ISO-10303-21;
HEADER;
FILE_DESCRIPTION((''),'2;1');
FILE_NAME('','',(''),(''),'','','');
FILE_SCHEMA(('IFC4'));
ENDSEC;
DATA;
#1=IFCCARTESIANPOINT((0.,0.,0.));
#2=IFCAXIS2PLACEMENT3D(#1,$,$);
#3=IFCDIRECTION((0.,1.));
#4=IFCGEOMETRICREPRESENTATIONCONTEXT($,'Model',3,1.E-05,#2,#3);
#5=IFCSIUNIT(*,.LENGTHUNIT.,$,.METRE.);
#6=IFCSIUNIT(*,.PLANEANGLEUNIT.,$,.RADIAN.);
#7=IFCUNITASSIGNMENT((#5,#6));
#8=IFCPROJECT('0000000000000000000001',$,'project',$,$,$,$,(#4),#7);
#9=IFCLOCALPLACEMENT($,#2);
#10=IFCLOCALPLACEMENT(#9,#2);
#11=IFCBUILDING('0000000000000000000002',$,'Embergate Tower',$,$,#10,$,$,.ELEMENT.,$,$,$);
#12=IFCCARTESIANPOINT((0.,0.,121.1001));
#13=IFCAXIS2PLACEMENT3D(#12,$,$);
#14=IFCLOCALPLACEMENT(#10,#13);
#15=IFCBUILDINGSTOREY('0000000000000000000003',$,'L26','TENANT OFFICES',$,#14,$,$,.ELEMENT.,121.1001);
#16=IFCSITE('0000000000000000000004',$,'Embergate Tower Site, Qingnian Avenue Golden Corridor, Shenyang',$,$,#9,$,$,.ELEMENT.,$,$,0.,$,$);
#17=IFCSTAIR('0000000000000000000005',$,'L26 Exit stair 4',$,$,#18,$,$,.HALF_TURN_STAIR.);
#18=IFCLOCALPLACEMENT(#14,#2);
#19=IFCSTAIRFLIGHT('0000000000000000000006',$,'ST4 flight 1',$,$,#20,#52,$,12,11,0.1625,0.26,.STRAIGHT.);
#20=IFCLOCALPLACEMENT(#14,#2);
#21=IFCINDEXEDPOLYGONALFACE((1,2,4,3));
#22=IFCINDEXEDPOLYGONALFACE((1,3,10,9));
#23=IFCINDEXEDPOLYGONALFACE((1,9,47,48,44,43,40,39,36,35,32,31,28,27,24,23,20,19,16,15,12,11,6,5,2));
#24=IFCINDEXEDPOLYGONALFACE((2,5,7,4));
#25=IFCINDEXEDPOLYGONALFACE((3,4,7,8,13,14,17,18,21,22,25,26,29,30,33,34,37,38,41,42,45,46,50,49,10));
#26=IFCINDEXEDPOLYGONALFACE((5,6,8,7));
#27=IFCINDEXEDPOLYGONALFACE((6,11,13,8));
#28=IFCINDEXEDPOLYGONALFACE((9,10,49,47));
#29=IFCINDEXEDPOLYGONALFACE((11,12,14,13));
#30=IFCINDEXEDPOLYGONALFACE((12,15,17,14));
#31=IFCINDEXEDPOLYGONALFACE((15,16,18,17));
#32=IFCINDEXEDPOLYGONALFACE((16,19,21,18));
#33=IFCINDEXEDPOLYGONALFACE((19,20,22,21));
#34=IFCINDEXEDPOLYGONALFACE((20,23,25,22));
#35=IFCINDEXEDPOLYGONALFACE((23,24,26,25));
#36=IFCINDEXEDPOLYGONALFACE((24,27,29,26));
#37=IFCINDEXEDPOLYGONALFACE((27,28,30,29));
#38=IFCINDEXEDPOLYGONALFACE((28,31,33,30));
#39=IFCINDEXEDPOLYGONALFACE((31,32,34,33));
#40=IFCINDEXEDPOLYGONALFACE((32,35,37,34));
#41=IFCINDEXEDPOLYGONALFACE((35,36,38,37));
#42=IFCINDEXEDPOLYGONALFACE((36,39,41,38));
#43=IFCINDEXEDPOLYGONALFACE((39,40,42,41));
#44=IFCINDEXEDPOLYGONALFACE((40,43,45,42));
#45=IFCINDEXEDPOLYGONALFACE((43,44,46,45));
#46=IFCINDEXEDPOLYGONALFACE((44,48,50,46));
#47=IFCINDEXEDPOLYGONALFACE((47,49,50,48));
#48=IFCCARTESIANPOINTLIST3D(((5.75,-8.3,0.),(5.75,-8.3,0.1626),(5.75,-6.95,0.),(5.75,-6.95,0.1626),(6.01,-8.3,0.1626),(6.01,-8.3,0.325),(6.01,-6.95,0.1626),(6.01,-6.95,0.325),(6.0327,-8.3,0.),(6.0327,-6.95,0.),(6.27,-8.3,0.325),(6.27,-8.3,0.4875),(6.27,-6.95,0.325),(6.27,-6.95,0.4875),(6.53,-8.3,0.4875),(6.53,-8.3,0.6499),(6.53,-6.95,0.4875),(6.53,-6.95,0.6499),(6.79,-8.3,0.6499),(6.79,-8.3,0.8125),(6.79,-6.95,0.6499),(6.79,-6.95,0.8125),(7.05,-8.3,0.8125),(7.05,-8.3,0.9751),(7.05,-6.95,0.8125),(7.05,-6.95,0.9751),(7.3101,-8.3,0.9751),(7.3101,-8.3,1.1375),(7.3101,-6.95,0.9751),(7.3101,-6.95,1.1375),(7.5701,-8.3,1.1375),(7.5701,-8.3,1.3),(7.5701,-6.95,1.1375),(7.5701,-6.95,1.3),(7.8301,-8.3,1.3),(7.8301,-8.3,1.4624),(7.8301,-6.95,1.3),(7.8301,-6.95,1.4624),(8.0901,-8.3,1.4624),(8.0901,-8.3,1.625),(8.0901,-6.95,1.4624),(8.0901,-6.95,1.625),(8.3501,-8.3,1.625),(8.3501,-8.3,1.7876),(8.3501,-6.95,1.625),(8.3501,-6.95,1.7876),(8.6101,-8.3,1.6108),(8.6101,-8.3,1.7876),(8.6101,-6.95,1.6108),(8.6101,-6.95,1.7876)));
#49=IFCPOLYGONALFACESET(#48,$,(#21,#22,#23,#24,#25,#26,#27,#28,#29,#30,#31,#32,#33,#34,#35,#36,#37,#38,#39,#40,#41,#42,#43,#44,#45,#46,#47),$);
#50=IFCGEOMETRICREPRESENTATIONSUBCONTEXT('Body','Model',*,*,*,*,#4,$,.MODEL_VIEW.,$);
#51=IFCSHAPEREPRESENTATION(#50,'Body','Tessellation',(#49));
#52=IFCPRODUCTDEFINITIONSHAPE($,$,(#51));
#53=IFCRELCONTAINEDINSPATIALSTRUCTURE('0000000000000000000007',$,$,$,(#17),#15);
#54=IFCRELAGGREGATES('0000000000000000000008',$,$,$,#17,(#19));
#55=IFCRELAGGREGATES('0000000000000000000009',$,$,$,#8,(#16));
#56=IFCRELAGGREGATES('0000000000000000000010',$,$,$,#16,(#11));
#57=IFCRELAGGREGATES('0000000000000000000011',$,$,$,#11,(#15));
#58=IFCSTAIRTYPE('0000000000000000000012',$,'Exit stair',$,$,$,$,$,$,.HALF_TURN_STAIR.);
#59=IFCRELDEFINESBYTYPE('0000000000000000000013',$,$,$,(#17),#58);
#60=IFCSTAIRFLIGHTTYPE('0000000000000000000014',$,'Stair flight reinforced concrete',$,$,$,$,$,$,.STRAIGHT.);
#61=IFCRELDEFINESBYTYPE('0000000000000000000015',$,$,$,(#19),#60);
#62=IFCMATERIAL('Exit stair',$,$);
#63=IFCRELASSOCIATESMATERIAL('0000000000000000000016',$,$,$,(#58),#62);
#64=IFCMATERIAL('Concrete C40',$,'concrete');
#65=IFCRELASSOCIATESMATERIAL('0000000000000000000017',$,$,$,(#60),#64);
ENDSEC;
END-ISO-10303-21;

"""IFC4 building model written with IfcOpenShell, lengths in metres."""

from ifc_helpers import new_model, si_unit, direction, frame, origin, place, context, subcontext, project, spatial, polyline, outline, extrude, source, transform, mapped, material, type_object, element, aggregate, save


model = new_model("IFC4")

# Units and contexts
model_context = context("Model", 3, precision=1e-05, world=origin(), true_north=direction((0.0, 1.0)))
body_context = subcontext(model_context, "Body", "Model", "MODEL_VIEW")
ifc_project = project(units=[si_unit("LENGTHUNIT", "METRE"), si_unit("PLANEANGLEUNIT", "RADIAN")], contexts=[model_context])

# Site, building, storey
site_placement = place(None, origin())
site = spatial("IfcSite", under=ifc_project, at=site_placement, Name="Embergate Tower Site, Qingnian Avenue Golden Corridor, Shenyang", CompositionType="ELEMENT", RefElevation=0.0)
building_placement = place(site_placement, origin())
building = spatial("IfcBuilding", under=site, at=building_placement, Name="Embergate Tower", CompositionType="ELEMENT")
storey_placement = place(building_placement, frame((0.0, 0.0, 121.1001)))
storey = spatial("IfcBuildingStorey", under=building, at=storey_placement, Name="L26", Description="TENANT OFFICES", CompositionType="ELEMENT", Elevation=121.1001)

# Stair, stair flight
ifc_material_1 = material(Name="Exit stair")
stair_type = type_object("IfcStairType", Name="Exit stair", PredefinedType="HALF_TURN_STAIR", material=ifc_material_1)
stair_placement = place(storey_placement, origin())
stair = element("IfcStair", 1, at=stair_placement, inside=storey, type_object=stair_type, Name="L26 Exit stair 4", PredefinedType="HALF_TURN_STAIR")
ifc_material_2 = material(Name="Concrete C40", Category="concrete")
stair_flight_type = type_object("IfcStairFlightType", Name="Stair flight reinforced concrete", PredefinedType="STRAIGHT", material=ifc_material_2)
shared_shape_1 = source(origin(), body_context, "Body", "SweptSolid", [
    extrude(outline(polyline([(0.0, 0.0), (0.0, 0.1626), (0.26, 0.1626), (0.26, 0.325), (0.52, 0.325), (0.52, 0.4875), (0.78, 0.4875), (0.78, 0.6499), (1.04, 0.6499), (1.04, 0.8125), (1.3, 0.8125), (1.3, 0.9751), (1.5601, 0.9751), (1.5601, 1.1375), (1.8201, 1.1375), (1.8201, 1.3), (2.0801, 1.3), (2.0801, 1.4624), (2.3401, 1.4624), (2.3401, 1.625), (2.6001, 1.625), (2.6001, 1.7876), (2.8601, 1.7876), (2.8601, 1.95), (2.8601, 1.6108), (0.2827, 0.0), (0.0, 0.0)])), frame((0.0, 0.675, 0.0), z_axis=(0.0, -1.0, 0.0), x_axis=(1.0, 0.0, 0.0)), (0.0, 0.0, 1.0), 1.3501),
])
stair_flight_placement = place(storey_placement, frame((5.75, -7.625, 0.0), z_axis=(0.0, 0.0, 1.0), x_axis=(1.0, 0.0, 0.0)))
stair_flight = element("IfcStairFlight", 2, at=stair_flight_placement, type_object=stair_flight_type, Name="ST4 flight 1", NumberOfRisers=12, NumberOfTreads=11, PredefinedType="STRAIGHT", RiserHeight=0.1625, TreadLength=0.26, context=body_context, shape_type="MappedRepresentation", body=[
    mapped(shared_shape_1, transform((0.0, 0.0, 0.0))),
])
aggregate(stair, [stair_flight])

save(model, "model.ifc")
